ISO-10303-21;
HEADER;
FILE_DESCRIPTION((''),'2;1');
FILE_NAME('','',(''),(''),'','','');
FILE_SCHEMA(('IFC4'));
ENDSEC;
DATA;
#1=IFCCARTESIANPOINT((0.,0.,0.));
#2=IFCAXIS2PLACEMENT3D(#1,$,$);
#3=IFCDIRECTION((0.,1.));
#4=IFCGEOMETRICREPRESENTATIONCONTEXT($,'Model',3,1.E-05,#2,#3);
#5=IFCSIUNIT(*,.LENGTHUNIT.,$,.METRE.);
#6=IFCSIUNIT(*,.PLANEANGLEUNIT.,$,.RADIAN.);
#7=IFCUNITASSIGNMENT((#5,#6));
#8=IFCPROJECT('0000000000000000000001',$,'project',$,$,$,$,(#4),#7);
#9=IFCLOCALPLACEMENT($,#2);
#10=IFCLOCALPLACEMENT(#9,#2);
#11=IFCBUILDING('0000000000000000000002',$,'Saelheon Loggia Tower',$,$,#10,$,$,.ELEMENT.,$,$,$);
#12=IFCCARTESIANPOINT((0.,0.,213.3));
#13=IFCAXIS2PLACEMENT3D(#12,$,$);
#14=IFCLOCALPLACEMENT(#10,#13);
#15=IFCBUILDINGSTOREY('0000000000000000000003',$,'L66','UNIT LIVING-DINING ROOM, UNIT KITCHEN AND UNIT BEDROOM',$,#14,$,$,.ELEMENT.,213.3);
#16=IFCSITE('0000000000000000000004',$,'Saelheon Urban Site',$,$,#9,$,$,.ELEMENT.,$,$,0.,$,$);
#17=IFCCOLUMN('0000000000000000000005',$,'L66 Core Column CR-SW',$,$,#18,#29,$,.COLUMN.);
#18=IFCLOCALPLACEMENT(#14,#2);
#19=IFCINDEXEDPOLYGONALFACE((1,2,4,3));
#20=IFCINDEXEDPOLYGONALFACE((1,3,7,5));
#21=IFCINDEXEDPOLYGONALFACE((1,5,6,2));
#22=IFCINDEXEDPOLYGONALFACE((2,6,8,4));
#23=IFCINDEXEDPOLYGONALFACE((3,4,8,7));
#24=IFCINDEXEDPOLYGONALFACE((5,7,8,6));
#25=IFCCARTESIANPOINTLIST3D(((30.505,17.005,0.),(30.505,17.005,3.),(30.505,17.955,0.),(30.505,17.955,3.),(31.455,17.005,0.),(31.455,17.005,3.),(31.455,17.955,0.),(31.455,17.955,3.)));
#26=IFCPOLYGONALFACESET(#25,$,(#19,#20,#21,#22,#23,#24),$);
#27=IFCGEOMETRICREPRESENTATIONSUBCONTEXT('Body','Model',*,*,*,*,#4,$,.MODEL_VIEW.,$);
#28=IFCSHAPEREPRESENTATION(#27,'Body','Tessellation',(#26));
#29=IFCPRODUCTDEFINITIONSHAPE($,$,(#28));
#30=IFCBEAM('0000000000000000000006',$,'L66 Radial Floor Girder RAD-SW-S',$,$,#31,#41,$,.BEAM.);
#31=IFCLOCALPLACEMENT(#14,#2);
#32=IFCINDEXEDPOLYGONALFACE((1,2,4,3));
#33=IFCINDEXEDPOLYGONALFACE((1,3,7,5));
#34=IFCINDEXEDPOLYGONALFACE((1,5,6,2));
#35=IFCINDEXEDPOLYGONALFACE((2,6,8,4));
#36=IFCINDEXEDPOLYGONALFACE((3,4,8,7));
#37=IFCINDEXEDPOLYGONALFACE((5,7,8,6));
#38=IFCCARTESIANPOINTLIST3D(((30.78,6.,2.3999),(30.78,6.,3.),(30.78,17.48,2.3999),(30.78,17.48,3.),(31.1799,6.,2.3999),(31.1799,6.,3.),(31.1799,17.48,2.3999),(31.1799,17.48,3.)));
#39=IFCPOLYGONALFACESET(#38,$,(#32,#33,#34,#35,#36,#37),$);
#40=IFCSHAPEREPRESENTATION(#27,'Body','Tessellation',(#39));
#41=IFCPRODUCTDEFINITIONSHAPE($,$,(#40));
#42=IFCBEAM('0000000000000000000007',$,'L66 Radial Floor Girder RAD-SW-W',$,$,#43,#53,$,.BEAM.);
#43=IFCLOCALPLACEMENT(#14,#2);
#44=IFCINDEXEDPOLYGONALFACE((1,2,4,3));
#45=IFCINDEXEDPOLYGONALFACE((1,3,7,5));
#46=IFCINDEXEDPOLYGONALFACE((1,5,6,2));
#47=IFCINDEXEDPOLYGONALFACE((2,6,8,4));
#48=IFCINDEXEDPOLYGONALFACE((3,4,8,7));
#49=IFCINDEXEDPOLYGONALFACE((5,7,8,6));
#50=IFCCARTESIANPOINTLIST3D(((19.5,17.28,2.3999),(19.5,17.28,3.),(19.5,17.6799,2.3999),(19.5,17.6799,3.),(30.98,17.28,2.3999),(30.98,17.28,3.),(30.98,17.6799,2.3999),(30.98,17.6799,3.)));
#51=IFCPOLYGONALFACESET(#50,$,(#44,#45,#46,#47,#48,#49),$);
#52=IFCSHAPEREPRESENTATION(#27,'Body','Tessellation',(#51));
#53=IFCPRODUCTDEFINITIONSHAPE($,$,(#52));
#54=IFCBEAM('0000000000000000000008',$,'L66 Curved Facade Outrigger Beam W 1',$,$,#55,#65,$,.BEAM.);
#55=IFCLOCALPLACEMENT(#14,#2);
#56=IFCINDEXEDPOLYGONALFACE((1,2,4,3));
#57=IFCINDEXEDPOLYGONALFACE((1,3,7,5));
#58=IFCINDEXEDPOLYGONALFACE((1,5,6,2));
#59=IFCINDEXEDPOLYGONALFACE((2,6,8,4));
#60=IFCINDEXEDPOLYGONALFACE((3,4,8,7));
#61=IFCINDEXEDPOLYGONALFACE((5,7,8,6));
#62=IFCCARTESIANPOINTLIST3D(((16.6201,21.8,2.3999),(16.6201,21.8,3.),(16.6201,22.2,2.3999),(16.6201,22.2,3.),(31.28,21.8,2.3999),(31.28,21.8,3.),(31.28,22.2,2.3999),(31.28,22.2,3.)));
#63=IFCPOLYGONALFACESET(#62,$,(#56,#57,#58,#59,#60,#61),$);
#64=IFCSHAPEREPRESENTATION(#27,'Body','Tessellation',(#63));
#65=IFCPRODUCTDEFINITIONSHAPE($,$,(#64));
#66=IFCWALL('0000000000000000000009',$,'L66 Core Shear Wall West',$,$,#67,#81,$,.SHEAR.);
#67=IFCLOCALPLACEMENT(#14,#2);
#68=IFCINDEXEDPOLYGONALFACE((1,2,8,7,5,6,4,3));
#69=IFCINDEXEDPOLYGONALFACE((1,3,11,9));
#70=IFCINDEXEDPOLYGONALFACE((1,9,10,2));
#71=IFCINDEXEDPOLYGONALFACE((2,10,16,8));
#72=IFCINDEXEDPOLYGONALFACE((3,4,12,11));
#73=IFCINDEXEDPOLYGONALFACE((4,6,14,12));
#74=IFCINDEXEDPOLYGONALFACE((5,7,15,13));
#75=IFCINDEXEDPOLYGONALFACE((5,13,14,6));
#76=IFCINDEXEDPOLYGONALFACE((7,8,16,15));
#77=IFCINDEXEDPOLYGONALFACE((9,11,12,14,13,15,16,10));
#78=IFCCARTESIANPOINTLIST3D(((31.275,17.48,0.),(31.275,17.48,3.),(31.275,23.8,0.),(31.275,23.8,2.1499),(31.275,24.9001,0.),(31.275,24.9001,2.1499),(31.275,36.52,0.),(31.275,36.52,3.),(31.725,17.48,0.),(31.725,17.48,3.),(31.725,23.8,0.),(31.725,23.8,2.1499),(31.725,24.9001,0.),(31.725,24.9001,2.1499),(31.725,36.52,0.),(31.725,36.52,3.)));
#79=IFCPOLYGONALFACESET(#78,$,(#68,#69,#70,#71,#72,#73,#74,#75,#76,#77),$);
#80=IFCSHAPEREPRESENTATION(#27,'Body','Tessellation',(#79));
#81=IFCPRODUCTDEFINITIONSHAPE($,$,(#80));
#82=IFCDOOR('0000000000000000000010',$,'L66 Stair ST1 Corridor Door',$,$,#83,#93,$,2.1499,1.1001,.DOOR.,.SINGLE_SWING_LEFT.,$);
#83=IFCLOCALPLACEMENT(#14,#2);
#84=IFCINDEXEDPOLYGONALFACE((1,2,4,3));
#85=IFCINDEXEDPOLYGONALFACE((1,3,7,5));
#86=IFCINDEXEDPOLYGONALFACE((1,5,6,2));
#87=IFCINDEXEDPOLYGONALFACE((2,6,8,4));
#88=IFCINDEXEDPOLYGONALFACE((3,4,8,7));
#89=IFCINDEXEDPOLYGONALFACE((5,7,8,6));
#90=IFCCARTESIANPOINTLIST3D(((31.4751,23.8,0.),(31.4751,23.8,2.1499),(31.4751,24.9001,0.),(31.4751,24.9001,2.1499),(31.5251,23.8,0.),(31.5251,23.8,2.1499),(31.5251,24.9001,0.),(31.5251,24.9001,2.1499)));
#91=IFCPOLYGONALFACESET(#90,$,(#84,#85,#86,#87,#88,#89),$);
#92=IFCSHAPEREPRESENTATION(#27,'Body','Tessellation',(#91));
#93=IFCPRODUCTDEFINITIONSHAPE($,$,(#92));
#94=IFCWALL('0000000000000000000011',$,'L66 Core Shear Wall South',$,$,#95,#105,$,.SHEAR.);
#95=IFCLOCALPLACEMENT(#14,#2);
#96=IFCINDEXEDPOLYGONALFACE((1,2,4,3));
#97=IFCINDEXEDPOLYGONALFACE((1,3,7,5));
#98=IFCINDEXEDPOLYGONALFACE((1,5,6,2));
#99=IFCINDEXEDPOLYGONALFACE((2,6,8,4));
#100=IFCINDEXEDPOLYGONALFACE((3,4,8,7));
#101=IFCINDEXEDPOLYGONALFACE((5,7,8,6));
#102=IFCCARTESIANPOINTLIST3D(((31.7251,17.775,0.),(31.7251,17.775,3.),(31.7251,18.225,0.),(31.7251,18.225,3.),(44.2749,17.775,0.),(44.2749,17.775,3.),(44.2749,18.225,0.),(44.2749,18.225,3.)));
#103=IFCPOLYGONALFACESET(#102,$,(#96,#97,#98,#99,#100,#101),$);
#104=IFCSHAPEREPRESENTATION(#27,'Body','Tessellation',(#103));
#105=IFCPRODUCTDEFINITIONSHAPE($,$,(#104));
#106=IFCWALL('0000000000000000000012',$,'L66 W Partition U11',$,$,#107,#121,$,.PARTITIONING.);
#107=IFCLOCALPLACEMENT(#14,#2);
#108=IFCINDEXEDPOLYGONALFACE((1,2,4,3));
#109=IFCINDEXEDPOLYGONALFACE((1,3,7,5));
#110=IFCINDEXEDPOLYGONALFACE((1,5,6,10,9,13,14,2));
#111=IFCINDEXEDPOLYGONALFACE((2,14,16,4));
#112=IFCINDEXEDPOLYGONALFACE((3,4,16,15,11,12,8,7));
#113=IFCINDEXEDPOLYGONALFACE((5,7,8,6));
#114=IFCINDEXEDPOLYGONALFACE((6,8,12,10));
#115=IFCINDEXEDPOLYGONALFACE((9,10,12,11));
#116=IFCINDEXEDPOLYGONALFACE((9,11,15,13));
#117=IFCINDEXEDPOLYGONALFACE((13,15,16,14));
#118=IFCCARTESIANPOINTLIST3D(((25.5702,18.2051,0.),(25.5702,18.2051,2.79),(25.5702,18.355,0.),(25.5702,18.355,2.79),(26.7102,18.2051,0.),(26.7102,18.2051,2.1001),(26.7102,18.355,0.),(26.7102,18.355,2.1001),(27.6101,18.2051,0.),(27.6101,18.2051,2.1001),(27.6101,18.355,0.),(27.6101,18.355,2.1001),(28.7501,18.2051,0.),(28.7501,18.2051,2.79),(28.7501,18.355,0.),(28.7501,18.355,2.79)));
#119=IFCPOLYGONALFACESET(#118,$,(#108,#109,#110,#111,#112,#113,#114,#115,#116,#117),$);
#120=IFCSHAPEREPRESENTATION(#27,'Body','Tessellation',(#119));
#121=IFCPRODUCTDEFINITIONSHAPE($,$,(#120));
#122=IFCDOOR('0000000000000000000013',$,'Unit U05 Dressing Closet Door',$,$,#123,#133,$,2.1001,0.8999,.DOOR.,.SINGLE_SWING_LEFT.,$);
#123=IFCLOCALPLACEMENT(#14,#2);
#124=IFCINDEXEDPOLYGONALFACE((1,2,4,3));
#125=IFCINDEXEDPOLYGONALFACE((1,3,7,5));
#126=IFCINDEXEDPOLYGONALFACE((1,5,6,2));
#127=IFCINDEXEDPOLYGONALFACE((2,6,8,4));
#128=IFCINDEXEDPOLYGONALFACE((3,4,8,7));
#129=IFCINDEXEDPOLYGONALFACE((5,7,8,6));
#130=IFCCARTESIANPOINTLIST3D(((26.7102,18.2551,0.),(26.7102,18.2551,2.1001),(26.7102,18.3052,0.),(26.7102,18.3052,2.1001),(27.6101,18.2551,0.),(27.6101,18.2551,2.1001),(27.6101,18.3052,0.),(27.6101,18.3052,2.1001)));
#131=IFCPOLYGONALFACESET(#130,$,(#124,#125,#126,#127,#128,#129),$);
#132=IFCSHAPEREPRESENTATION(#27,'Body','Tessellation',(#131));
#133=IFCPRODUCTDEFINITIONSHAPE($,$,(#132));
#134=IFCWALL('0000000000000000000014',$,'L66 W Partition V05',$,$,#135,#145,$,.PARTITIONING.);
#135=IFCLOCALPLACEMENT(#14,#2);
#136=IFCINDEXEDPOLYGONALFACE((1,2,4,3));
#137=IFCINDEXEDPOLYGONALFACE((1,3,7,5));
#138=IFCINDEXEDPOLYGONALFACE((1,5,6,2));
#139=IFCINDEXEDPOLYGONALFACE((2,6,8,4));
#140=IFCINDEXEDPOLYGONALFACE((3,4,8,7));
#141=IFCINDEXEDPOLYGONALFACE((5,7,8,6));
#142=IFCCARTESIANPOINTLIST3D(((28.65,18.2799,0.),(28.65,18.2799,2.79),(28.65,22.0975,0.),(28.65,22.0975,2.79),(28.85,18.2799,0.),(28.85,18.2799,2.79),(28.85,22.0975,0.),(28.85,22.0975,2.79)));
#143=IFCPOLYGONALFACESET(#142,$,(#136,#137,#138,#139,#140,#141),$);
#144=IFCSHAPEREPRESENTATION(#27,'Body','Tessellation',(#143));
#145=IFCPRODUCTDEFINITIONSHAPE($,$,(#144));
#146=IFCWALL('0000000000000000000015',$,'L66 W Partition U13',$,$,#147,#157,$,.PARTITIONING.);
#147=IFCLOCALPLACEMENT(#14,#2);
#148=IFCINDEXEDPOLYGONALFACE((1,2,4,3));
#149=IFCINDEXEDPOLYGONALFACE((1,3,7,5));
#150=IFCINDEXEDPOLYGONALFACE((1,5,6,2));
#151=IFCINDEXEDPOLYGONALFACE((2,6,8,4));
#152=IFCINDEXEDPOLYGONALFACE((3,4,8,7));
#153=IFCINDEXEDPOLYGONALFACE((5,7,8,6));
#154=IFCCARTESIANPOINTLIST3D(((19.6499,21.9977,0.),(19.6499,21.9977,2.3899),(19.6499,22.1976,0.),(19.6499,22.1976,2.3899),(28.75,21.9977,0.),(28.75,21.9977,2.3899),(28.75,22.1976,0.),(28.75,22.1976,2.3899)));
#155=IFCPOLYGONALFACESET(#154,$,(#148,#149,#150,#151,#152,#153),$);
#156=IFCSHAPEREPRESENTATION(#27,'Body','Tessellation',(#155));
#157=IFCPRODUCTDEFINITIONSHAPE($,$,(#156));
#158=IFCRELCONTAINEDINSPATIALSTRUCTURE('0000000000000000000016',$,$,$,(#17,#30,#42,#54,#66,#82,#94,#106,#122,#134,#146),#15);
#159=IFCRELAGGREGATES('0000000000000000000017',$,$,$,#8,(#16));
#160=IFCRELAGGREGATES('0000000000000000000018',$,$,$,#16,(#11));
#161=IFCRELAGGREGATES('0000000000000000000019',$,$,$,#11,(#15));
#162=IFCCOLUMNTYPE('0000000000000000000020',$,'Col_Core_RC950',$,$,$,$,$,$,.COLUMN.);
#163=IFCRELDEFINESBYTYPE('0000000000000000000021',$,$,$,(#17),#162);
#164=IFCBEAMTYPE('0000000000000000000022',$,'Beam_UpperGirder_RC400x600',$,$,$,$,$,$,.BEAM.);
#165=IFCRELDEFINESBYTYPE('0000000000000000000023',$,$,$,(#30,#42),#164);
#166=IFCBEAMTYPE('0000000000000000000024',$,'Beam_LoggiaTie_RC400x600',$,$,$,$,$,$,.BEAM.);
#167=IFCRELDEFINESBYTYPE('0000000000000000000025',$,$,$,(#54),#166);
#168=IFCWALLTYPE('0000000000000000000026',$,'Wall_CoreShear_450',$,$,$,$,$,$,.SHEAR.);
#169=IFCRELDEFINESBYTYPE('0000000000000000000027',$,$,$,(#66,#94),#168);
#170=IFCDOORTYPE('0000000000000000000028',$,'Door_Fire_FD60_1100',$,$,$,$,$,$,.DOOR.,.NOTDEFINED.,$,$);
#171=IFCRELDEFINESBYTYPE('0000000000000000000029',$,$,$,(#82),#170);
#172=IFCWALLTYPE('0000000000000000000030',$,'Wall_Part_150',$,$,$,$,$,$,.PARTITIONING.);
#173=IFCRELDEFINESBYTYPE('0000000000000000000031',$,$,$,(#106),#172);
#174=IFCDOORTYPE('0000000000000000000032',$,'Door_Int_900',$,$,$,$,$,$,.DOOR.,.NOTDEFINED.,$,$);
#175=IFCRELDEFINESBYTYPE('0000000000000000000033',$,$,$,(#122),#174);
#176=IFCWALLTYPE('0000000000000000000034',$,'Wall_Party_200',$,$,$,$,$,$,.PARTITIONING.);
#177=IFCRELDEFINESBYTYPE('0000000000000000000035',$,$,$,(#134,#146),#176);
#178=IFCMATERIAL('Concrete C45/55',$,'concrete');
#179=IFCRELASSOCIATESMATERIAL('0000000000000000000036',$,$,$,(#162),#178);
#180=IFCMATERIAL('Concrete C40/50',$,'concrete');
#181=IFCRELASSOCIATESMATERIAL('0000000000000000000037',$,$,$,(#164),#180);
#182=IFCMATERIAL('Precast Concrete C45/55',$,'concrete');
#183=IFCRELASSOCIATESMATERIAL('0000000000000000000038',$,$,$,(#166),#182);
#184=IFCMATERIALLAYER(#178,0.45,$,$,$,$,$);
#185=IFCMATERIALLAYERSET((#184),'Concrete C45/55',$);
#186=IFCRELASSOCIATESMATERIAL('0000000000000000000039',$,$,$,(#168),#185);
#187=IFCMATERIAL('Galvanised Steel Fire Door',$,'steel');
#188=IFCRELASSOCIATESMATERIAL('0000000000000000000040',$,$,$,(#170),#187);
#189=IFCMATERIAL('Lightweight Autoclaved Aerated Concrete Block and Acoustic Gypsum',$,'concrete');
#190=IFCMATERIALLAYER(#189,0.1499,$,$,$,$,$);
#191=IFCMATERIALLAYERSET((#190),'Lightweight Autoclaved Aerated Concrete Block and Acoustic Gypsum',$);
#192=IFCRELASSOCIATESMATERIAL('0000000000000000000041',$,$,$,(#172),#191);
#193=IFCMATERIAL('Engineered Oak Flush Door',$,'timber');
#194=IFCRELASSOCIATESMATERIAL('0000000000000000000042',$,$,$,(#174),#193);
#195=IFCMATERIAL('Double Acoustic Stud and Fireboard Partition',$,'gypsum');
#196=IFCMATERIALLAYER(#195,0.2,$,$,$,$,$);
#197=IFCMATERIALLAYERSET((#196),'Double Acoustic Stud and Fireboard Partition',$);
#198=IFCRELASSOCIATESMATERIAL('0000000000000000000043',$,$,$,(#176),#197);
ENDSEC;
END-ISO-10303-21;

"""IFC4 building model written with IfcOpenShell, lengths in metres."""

from ifc_helpers import new_model, si_unit, direction, frame, frame_2d, origin, origin_2d, place, context, subcontext, project, spatial, rectangle, extrude, source, transform, mapped, material, layer, layer_set, material_profile, profile_set, type_object, element, fill, save


model = new_model("IFC4")

# Units and contexts
model_context = context("Model", 3, precision=1e-05, world=origin(), true_north=direction((0.0, 1.0)))
body_context = subcontext(model_context, "Body", "Model", "MODEL_VIEW")
ifc_project = project(units=[si_unit("LENGTHUNIT", "METRE"), si_unit("PLANEANGLEUNIT", "RADIAN")], contexts=[model_context])

# Site, building, storey
site_placement = place(None, origin())
site = spatial("IfcSite", under=ifc_project, at=site_placement, Name="Saelheon Urban Site", CompositionType="ELEMENT", RefElevation=0.0)
building_placement = place(site_placement, origin())
building = spatial("IfcBuilding", under=site, at=building_placement, Name="Saelheon Loggia Tower", CompositionType="ELEMENT")
storey_placement = place(building_placement, frame((0.0, 0.0, 213.3)))
storey = spatial("IfcBuildingStorey", under=building, at=storey_placement, Name="L66", Description="UNIT LIVING-DINING ROOM, UNIT KITCHEN AND UNIT BEDROOM", CompositionType="ELEMENT", Elevation=213.3)

# Column
ifc_material_1 = material(Name="Concrete C45/55", Category="concrete")
ifc_material_profile_1 = material_profile(ifc_material_1, rectangle(XDim=0.95, YDim=0.95, at=origin_2d()), Name="RC-950x950")
ifc_profile_set_1 = profile_set([ifc_material_profile_1], Name="Concrete C45/55")
column_type = type_object("IfcColumnType", Name="Col_Core_RC950", PredefinedType="COLUMN", material=ifc_profile_set_1)
shared_shape_1 = source(origin(), body_context, "Body", "SweptSolid", [
    extrude(rectangle(XDim=0.95, YDim=0.95, at=origin_2d()), origin(), (0.0, 0.0, 1.0), 3.0),
])
column_placement = place(storey_placement, frame((30.98, 17.48, 0.0), z_axis=(0.0, 0.0, 1.0), x_axis=(1.0, 0.0, 0.0)))
element("IfcColumn", 1, at=column_placement, inside=storey, type_object=column_type, Name="L66 Core Column CR-SW", PredefinedType="COLUMN", context=body_context, shape_type="MappedRepresentation", body=[
    mapped(shared_shape_1, transform((0.0, 0.0, 0.0), scale=1.0)),
])

# Beams
ifc_material_2 = material(Name="Concrete C40/50", Category="concrete")
ifc_material_profile_2 = material_profile(ifc_material_2, rectangle(XDim=0.3999, YDim=0.6001, at=origin_2d()), Name="RC-400x600")
ifc_profile_set_2 = profile_set([ifc_material_profile_2], Name="Concrete C40/50")
beam_type_1 = type_object("IfcBeamType", Name="Beam_UpperGirder_RC400x600", PredefinedType="BEAM", material=ifc_profile_set_2)
shared_shape_2 = source(origin(), body_context, "Body", "SweptSolid", [
    extrude(rectangle(XDim=0.3999, YDim=0.6001, at=origin_2d()), origin(), (0.0, 0.0, 1.0), 11.48),
])
for number, where, z_axis, x_axis, name in (
    (2, (30.98, 17.48, 2.7), (0.0, -1.0, 0.0), (1.0, 0.0, 0.0), "L66 Radial Floor Girder RAD-SW-S"),
    (3, (30.98, 17.48, 2.7), (-1.0, 0.0, 0.0), (0.0, -1.0, 0.0), "L66 Radial Floor Girder RAD-SW-W"),
):
    element("IfcBeam", number, at=place(storey_placement, frame(where, z_axis=z_axis, x_axis=x_axis)), inside=storey, type_object=beam_type_1, Name=name, PredefinedType="BEAM", context=body_context, shape_type="MappedRepresentation", body=[
        mapped(shared_shape_2, transform((0.0, 0.0, 0.0), scale=1.0)),
    ])
ifc_material_3 = material(Name="Precast Concrete C45/55", Category="concrete")
ifc_material_profile_3 = material_profile(ifc_material_3, rectangle(XDim=0.3999, YDim=0.6001, at=origin_2d()), Name="RC-400x600")
ifc_profile_set_3 = profile_set([ifc_material_profile_3], Name="Precast Concrete C45/55")
beam_type_2 = type_object("IfcBeamType", Name="Beam_LoggiaTie_RC400x600", PredefinedType="BEAM", material=ifc_profile_set_3)
shared_shape_3 = source(origin(), body_context, "Body", "SweptSolid", [
    extrude(rectangle(XDim=0.3999, YDim=0.6001, at=origin_2d()), origin(), (0.0, 0.0, 1.0), 14.6599),
])
beam_placement = place(storey_placement, frame((31.28, 22.0, 2.7), z_axis=(-1.0, 0.0, 0.0), x_axis=(0.0, -1.0, 0.0)))
element("IfcBeam", 4, at=beam_placement, inside=storey, type_object=beam_type_2, Name="L66 Curved Facade Outrigger Beam W 1", PredefinedType="BEAM", context=body_context, shape_type="MappedRepresentation", body=[
    mapped(shared_shape_3, transform((0.0, 0.0, 0.0), scale=1.0)),
])

# Wall, opening, door
ifc_layer_1 = layer(ifc_material_1, 0.45)
ifc_layer_set_1 = layer_set([ifc_layer_1], Name="Concrete C45/55")
wall_type_1 = type_object("IfcWallType", Name="Wall_CoreShear_450", PredefinedType="SHEAR", material=ifc_layer_set_1)
wall_1_placement = place(storey_placement, frame((31.5, 17.48, 0.0), z_axis=(0.0, 0.0, 1.0), x_axis=(0.0, 1.0, 0.0)))
wall_1 = element("IfcWall", 5, at=wall_1_placement, inside=storey, type_object=wall_type_1, Name="L66 Core Shear Wall West", PredefinedType="SHEAR", context=body_context, shape_type="SweptSolid", body=[
    extrude(rectangle(XDim=19.04, YDim=0.45, at=frame_2d((9.52, 0.0))), origin(), (0.0, 0.0, 1.0), 3.0),
])
opening_1_placement = place(wall_1_placement, frame((6.3201, 0.0, 0.0)))
opening_1 = element("IfcOpeningElement", 6, at=opening_1_placement, cuts=wall_1, PredefinedType="OPENING", context=body_context, shape_type="SweptSolid", body=[
    extrude(rectangle(XDim=1.1001, YDim=2.1499, at=frame_2d((0.55, 1.075))), frame((0.0, 0.2371, 0.0), z_axis=(0.0, -1.0, 0.0), x_axis=(1.0, 0.0, 0.0)), (0.0, 0.0, 1.0), 0.4739),
])
ifc_material_4 = material(Name="Galvanised Steel Fire Door", Category="steel")
door_type_1 = type_object("IfcDoorType", Name="Door_Fire_FD60_1100", OperationType="NOTDEFINED", PredefinedType="DOOR", material=ifc_material_4)
shared_shape_4 = source(origin(), body_context, "Body", "SweptSolid", [
    extrude(rectangle(XDim=1.1001, YDim=2.1499, at=frame_2d((0.55, 1.075))), frame((0.0, 0.0249, 0.0), z_axis=(0.0, -1.0, 0.0), x_axis=(1.0, 0.0, 0.0)), (0.0, 0.0, 1.0), 0.05),
])
door_1_placement = place(opening_1_placement, origin())
door_1 = element("IfcDoor", 7, at=door_1_placement, inside=storey, type_object=door_type_1, Name="L66 Stair ST1 Corridor Door", OperationType="SINGLE_SWING_LEFT", OverallHeight=2.1499, OverallWidth=1.1001, PredefinedType="DOOR", context=body_context, shape_type="MappedRepresentation", body=[
    mapped(shared_shape_4, transform((0.0, 0.0, 0.0), scale=1.0)),
])
fill(opening_1, door_1)

# Wall
wall_2_placement = place(storey_placement, frame((31.7251, 18.0, 0.0), z_axis=(0.0, 0.0, 1.0), x_axis=(1.0, 0.0, 0.0)))
element("IfcWall", 8, at=wall_2_placement, inside=storey, type_object=wall_type_1, Name="L66 Core Shear Wall South", PredefinedType="SHEAR", context=body_context, shape_type="SweptSolid", body=[
    extrude(rectangle(XDim=12.5498, YDim=0.45, at=frame_2d((6.2749, 0.0))), origin(), (0.0, 0.0, 1.0), 3.0),
])

# Wall, opening, door
ifc_material_5 = material(Name="Lightweight Autoclaved Aerated Concrete Block and Acoustic Gypsum", Category="concrete")
ifc_layer_2 = layer(ifc_material_5, 0.1499)
ifc_layer_set_2 = layer_set([ifc_layer_2], Name="Lightweight Autoclaved Aerated Concrete Block and Acoustic Gypsum")
wall_type_2 = type_object("IfcWallType", Name="Wall_Part_150", PredefinedType="PARTITIONING", material=ifc_layer_set_2)
wall_3_placement = place(storey_placement, frame((28.75, 18.28, 0.0), z_axis=(0.0, 0.0, 1.0), x_axis=(-1.0, 0.0, 0.0)))
wall_3 = element("IfcWall", 9, at=wall_3_placement, inside=storey, type_object=wall_type_2, Name="L66 W Partition U11", PredefinedType="PARTITIONING", context=body_context, shape_type="SweptSolid", body=[
    extrude(rectangle(XDim=3.1799, YDim=0.1499, at=frame_2d((1.5898, 0.0))), origin(), (0.0, 0.0, 1.0), 2.79),
])
opening_2_placement = place(wall_3_placement, frame((1.1399, 0.0, 0.0)))
opening_2 = element("IfcOpeningElement", 10, at=opening_2_placement, cuts=wall_3, PredefinedType="OPENING", context=body_context, shape_type="SweptSolid", body=[
    extrude(rectangle(XDim=0.8999, YDim=2.1001, at=frame_2d((0.45, 1.05))), frame((0.0, 0.0869, 0.0), z_axis=(0.0, -1.0, 0.0), x_axis=(1.0, 0.0, 0.0)), (0.0, 0.0, 1.0), 0.1738),
])
ifc_material_6 = material(Name="Engineered Oak Flush Door", Category="timber")
door_type_2 = type_object("IfcDoorType", Name="Door_Int_900", OperationType="NOTDEFINED", PredefinedType="DOOR", material=ifc_material_6)
shared_shape_5 = source(origin(), body_context, "Body", "SweptSolid", [
    extrude(rectangle(XDim=0.8999, YDim=2.1001, at=frame_2d((0.45, 1.05))), frame((0.0, 0.0249, 0.0), z_axis=(0.0, -1.0, 0.0), x_axis=(1.0, 0.0, 0.0)), (0.0, 0.0, 1.0), 0.05),
])
door_2_placement = place(opening_2_placement, origin())
door_2 = element("IfcDoor", 11, at=door_2_placement, inside=storey, type_object=door_type_2, Name="Unit U05 Dressing Closet Door", OperationType="SINGLE_SWING_LEFT", OverallHeight=2.1001, OverallWidth=0.8999, PredefinedType="DOOR", context=body_context, shape_type="MappedRepresentation", body=[
    mapped(shared_shape_5, transform((0.0, 0.0, 0.0), scale=1.0)),
])
fill(opening_2, door_2)
ifc_material_7 = material(Name="Double Acoustic Stud and Fireboard Partition", Category="gypsum")
ifc_layer_3 = layer(ifc_material_7, 0.2)
ifc_layer_set_3 = layer_set([ifc_layer_3], Name="Double Acoustic Stud and Fireboard Partition")
wall_type_3 = type_object("IfcWallType", Name="Wall_Party_200", PredefinedType="PARTITIONING", material=ifc_layer_set_3)

# Walls
wall_4_placement = place(storey_placement, frame((28.75, 18.28, 0.0), z_axis=(0.0, 0.0, 1.0), x_axis=(0.0, 1.0, 0.0)))
element("IfcWall", 12, at=wall_4_placement, inside=storey, type_object=wall_type_3, Name="L66 W Partition V05", PredefinedType="PARTITIONING", context=body_context, shape_type="SweptSolid", body=[
    extrude(rectangle(XDim=3.8176, YDim=0.2, at=frame_2d((1.9087, 0.0))), origin(), (0.0, 0.0, 1.0), 2.79),
])
wall_5_placement = place(storey_placement, frame((28.75, 22.0977, 0.0), z_axis=(0.0, 0.0, 1.0), x_axis=(-1.0, 0.0, 0.0)))
element("IfcWall", 13, at=wall_5_placement, inside=storey, type_object=wall_type_3, Name="L66 W Partition U13", PredefinedType="PARTITIONING", context=body_context, shape_type="SweptSolid", body=[
    extrude(rectangle(XDim=9.1001, YDim=0.2, at=frame_2d((4.55, 0.0))), origin(), (0.0, 0.0, 1.0), 2.3899),
])

save(model, "model.ifc")
